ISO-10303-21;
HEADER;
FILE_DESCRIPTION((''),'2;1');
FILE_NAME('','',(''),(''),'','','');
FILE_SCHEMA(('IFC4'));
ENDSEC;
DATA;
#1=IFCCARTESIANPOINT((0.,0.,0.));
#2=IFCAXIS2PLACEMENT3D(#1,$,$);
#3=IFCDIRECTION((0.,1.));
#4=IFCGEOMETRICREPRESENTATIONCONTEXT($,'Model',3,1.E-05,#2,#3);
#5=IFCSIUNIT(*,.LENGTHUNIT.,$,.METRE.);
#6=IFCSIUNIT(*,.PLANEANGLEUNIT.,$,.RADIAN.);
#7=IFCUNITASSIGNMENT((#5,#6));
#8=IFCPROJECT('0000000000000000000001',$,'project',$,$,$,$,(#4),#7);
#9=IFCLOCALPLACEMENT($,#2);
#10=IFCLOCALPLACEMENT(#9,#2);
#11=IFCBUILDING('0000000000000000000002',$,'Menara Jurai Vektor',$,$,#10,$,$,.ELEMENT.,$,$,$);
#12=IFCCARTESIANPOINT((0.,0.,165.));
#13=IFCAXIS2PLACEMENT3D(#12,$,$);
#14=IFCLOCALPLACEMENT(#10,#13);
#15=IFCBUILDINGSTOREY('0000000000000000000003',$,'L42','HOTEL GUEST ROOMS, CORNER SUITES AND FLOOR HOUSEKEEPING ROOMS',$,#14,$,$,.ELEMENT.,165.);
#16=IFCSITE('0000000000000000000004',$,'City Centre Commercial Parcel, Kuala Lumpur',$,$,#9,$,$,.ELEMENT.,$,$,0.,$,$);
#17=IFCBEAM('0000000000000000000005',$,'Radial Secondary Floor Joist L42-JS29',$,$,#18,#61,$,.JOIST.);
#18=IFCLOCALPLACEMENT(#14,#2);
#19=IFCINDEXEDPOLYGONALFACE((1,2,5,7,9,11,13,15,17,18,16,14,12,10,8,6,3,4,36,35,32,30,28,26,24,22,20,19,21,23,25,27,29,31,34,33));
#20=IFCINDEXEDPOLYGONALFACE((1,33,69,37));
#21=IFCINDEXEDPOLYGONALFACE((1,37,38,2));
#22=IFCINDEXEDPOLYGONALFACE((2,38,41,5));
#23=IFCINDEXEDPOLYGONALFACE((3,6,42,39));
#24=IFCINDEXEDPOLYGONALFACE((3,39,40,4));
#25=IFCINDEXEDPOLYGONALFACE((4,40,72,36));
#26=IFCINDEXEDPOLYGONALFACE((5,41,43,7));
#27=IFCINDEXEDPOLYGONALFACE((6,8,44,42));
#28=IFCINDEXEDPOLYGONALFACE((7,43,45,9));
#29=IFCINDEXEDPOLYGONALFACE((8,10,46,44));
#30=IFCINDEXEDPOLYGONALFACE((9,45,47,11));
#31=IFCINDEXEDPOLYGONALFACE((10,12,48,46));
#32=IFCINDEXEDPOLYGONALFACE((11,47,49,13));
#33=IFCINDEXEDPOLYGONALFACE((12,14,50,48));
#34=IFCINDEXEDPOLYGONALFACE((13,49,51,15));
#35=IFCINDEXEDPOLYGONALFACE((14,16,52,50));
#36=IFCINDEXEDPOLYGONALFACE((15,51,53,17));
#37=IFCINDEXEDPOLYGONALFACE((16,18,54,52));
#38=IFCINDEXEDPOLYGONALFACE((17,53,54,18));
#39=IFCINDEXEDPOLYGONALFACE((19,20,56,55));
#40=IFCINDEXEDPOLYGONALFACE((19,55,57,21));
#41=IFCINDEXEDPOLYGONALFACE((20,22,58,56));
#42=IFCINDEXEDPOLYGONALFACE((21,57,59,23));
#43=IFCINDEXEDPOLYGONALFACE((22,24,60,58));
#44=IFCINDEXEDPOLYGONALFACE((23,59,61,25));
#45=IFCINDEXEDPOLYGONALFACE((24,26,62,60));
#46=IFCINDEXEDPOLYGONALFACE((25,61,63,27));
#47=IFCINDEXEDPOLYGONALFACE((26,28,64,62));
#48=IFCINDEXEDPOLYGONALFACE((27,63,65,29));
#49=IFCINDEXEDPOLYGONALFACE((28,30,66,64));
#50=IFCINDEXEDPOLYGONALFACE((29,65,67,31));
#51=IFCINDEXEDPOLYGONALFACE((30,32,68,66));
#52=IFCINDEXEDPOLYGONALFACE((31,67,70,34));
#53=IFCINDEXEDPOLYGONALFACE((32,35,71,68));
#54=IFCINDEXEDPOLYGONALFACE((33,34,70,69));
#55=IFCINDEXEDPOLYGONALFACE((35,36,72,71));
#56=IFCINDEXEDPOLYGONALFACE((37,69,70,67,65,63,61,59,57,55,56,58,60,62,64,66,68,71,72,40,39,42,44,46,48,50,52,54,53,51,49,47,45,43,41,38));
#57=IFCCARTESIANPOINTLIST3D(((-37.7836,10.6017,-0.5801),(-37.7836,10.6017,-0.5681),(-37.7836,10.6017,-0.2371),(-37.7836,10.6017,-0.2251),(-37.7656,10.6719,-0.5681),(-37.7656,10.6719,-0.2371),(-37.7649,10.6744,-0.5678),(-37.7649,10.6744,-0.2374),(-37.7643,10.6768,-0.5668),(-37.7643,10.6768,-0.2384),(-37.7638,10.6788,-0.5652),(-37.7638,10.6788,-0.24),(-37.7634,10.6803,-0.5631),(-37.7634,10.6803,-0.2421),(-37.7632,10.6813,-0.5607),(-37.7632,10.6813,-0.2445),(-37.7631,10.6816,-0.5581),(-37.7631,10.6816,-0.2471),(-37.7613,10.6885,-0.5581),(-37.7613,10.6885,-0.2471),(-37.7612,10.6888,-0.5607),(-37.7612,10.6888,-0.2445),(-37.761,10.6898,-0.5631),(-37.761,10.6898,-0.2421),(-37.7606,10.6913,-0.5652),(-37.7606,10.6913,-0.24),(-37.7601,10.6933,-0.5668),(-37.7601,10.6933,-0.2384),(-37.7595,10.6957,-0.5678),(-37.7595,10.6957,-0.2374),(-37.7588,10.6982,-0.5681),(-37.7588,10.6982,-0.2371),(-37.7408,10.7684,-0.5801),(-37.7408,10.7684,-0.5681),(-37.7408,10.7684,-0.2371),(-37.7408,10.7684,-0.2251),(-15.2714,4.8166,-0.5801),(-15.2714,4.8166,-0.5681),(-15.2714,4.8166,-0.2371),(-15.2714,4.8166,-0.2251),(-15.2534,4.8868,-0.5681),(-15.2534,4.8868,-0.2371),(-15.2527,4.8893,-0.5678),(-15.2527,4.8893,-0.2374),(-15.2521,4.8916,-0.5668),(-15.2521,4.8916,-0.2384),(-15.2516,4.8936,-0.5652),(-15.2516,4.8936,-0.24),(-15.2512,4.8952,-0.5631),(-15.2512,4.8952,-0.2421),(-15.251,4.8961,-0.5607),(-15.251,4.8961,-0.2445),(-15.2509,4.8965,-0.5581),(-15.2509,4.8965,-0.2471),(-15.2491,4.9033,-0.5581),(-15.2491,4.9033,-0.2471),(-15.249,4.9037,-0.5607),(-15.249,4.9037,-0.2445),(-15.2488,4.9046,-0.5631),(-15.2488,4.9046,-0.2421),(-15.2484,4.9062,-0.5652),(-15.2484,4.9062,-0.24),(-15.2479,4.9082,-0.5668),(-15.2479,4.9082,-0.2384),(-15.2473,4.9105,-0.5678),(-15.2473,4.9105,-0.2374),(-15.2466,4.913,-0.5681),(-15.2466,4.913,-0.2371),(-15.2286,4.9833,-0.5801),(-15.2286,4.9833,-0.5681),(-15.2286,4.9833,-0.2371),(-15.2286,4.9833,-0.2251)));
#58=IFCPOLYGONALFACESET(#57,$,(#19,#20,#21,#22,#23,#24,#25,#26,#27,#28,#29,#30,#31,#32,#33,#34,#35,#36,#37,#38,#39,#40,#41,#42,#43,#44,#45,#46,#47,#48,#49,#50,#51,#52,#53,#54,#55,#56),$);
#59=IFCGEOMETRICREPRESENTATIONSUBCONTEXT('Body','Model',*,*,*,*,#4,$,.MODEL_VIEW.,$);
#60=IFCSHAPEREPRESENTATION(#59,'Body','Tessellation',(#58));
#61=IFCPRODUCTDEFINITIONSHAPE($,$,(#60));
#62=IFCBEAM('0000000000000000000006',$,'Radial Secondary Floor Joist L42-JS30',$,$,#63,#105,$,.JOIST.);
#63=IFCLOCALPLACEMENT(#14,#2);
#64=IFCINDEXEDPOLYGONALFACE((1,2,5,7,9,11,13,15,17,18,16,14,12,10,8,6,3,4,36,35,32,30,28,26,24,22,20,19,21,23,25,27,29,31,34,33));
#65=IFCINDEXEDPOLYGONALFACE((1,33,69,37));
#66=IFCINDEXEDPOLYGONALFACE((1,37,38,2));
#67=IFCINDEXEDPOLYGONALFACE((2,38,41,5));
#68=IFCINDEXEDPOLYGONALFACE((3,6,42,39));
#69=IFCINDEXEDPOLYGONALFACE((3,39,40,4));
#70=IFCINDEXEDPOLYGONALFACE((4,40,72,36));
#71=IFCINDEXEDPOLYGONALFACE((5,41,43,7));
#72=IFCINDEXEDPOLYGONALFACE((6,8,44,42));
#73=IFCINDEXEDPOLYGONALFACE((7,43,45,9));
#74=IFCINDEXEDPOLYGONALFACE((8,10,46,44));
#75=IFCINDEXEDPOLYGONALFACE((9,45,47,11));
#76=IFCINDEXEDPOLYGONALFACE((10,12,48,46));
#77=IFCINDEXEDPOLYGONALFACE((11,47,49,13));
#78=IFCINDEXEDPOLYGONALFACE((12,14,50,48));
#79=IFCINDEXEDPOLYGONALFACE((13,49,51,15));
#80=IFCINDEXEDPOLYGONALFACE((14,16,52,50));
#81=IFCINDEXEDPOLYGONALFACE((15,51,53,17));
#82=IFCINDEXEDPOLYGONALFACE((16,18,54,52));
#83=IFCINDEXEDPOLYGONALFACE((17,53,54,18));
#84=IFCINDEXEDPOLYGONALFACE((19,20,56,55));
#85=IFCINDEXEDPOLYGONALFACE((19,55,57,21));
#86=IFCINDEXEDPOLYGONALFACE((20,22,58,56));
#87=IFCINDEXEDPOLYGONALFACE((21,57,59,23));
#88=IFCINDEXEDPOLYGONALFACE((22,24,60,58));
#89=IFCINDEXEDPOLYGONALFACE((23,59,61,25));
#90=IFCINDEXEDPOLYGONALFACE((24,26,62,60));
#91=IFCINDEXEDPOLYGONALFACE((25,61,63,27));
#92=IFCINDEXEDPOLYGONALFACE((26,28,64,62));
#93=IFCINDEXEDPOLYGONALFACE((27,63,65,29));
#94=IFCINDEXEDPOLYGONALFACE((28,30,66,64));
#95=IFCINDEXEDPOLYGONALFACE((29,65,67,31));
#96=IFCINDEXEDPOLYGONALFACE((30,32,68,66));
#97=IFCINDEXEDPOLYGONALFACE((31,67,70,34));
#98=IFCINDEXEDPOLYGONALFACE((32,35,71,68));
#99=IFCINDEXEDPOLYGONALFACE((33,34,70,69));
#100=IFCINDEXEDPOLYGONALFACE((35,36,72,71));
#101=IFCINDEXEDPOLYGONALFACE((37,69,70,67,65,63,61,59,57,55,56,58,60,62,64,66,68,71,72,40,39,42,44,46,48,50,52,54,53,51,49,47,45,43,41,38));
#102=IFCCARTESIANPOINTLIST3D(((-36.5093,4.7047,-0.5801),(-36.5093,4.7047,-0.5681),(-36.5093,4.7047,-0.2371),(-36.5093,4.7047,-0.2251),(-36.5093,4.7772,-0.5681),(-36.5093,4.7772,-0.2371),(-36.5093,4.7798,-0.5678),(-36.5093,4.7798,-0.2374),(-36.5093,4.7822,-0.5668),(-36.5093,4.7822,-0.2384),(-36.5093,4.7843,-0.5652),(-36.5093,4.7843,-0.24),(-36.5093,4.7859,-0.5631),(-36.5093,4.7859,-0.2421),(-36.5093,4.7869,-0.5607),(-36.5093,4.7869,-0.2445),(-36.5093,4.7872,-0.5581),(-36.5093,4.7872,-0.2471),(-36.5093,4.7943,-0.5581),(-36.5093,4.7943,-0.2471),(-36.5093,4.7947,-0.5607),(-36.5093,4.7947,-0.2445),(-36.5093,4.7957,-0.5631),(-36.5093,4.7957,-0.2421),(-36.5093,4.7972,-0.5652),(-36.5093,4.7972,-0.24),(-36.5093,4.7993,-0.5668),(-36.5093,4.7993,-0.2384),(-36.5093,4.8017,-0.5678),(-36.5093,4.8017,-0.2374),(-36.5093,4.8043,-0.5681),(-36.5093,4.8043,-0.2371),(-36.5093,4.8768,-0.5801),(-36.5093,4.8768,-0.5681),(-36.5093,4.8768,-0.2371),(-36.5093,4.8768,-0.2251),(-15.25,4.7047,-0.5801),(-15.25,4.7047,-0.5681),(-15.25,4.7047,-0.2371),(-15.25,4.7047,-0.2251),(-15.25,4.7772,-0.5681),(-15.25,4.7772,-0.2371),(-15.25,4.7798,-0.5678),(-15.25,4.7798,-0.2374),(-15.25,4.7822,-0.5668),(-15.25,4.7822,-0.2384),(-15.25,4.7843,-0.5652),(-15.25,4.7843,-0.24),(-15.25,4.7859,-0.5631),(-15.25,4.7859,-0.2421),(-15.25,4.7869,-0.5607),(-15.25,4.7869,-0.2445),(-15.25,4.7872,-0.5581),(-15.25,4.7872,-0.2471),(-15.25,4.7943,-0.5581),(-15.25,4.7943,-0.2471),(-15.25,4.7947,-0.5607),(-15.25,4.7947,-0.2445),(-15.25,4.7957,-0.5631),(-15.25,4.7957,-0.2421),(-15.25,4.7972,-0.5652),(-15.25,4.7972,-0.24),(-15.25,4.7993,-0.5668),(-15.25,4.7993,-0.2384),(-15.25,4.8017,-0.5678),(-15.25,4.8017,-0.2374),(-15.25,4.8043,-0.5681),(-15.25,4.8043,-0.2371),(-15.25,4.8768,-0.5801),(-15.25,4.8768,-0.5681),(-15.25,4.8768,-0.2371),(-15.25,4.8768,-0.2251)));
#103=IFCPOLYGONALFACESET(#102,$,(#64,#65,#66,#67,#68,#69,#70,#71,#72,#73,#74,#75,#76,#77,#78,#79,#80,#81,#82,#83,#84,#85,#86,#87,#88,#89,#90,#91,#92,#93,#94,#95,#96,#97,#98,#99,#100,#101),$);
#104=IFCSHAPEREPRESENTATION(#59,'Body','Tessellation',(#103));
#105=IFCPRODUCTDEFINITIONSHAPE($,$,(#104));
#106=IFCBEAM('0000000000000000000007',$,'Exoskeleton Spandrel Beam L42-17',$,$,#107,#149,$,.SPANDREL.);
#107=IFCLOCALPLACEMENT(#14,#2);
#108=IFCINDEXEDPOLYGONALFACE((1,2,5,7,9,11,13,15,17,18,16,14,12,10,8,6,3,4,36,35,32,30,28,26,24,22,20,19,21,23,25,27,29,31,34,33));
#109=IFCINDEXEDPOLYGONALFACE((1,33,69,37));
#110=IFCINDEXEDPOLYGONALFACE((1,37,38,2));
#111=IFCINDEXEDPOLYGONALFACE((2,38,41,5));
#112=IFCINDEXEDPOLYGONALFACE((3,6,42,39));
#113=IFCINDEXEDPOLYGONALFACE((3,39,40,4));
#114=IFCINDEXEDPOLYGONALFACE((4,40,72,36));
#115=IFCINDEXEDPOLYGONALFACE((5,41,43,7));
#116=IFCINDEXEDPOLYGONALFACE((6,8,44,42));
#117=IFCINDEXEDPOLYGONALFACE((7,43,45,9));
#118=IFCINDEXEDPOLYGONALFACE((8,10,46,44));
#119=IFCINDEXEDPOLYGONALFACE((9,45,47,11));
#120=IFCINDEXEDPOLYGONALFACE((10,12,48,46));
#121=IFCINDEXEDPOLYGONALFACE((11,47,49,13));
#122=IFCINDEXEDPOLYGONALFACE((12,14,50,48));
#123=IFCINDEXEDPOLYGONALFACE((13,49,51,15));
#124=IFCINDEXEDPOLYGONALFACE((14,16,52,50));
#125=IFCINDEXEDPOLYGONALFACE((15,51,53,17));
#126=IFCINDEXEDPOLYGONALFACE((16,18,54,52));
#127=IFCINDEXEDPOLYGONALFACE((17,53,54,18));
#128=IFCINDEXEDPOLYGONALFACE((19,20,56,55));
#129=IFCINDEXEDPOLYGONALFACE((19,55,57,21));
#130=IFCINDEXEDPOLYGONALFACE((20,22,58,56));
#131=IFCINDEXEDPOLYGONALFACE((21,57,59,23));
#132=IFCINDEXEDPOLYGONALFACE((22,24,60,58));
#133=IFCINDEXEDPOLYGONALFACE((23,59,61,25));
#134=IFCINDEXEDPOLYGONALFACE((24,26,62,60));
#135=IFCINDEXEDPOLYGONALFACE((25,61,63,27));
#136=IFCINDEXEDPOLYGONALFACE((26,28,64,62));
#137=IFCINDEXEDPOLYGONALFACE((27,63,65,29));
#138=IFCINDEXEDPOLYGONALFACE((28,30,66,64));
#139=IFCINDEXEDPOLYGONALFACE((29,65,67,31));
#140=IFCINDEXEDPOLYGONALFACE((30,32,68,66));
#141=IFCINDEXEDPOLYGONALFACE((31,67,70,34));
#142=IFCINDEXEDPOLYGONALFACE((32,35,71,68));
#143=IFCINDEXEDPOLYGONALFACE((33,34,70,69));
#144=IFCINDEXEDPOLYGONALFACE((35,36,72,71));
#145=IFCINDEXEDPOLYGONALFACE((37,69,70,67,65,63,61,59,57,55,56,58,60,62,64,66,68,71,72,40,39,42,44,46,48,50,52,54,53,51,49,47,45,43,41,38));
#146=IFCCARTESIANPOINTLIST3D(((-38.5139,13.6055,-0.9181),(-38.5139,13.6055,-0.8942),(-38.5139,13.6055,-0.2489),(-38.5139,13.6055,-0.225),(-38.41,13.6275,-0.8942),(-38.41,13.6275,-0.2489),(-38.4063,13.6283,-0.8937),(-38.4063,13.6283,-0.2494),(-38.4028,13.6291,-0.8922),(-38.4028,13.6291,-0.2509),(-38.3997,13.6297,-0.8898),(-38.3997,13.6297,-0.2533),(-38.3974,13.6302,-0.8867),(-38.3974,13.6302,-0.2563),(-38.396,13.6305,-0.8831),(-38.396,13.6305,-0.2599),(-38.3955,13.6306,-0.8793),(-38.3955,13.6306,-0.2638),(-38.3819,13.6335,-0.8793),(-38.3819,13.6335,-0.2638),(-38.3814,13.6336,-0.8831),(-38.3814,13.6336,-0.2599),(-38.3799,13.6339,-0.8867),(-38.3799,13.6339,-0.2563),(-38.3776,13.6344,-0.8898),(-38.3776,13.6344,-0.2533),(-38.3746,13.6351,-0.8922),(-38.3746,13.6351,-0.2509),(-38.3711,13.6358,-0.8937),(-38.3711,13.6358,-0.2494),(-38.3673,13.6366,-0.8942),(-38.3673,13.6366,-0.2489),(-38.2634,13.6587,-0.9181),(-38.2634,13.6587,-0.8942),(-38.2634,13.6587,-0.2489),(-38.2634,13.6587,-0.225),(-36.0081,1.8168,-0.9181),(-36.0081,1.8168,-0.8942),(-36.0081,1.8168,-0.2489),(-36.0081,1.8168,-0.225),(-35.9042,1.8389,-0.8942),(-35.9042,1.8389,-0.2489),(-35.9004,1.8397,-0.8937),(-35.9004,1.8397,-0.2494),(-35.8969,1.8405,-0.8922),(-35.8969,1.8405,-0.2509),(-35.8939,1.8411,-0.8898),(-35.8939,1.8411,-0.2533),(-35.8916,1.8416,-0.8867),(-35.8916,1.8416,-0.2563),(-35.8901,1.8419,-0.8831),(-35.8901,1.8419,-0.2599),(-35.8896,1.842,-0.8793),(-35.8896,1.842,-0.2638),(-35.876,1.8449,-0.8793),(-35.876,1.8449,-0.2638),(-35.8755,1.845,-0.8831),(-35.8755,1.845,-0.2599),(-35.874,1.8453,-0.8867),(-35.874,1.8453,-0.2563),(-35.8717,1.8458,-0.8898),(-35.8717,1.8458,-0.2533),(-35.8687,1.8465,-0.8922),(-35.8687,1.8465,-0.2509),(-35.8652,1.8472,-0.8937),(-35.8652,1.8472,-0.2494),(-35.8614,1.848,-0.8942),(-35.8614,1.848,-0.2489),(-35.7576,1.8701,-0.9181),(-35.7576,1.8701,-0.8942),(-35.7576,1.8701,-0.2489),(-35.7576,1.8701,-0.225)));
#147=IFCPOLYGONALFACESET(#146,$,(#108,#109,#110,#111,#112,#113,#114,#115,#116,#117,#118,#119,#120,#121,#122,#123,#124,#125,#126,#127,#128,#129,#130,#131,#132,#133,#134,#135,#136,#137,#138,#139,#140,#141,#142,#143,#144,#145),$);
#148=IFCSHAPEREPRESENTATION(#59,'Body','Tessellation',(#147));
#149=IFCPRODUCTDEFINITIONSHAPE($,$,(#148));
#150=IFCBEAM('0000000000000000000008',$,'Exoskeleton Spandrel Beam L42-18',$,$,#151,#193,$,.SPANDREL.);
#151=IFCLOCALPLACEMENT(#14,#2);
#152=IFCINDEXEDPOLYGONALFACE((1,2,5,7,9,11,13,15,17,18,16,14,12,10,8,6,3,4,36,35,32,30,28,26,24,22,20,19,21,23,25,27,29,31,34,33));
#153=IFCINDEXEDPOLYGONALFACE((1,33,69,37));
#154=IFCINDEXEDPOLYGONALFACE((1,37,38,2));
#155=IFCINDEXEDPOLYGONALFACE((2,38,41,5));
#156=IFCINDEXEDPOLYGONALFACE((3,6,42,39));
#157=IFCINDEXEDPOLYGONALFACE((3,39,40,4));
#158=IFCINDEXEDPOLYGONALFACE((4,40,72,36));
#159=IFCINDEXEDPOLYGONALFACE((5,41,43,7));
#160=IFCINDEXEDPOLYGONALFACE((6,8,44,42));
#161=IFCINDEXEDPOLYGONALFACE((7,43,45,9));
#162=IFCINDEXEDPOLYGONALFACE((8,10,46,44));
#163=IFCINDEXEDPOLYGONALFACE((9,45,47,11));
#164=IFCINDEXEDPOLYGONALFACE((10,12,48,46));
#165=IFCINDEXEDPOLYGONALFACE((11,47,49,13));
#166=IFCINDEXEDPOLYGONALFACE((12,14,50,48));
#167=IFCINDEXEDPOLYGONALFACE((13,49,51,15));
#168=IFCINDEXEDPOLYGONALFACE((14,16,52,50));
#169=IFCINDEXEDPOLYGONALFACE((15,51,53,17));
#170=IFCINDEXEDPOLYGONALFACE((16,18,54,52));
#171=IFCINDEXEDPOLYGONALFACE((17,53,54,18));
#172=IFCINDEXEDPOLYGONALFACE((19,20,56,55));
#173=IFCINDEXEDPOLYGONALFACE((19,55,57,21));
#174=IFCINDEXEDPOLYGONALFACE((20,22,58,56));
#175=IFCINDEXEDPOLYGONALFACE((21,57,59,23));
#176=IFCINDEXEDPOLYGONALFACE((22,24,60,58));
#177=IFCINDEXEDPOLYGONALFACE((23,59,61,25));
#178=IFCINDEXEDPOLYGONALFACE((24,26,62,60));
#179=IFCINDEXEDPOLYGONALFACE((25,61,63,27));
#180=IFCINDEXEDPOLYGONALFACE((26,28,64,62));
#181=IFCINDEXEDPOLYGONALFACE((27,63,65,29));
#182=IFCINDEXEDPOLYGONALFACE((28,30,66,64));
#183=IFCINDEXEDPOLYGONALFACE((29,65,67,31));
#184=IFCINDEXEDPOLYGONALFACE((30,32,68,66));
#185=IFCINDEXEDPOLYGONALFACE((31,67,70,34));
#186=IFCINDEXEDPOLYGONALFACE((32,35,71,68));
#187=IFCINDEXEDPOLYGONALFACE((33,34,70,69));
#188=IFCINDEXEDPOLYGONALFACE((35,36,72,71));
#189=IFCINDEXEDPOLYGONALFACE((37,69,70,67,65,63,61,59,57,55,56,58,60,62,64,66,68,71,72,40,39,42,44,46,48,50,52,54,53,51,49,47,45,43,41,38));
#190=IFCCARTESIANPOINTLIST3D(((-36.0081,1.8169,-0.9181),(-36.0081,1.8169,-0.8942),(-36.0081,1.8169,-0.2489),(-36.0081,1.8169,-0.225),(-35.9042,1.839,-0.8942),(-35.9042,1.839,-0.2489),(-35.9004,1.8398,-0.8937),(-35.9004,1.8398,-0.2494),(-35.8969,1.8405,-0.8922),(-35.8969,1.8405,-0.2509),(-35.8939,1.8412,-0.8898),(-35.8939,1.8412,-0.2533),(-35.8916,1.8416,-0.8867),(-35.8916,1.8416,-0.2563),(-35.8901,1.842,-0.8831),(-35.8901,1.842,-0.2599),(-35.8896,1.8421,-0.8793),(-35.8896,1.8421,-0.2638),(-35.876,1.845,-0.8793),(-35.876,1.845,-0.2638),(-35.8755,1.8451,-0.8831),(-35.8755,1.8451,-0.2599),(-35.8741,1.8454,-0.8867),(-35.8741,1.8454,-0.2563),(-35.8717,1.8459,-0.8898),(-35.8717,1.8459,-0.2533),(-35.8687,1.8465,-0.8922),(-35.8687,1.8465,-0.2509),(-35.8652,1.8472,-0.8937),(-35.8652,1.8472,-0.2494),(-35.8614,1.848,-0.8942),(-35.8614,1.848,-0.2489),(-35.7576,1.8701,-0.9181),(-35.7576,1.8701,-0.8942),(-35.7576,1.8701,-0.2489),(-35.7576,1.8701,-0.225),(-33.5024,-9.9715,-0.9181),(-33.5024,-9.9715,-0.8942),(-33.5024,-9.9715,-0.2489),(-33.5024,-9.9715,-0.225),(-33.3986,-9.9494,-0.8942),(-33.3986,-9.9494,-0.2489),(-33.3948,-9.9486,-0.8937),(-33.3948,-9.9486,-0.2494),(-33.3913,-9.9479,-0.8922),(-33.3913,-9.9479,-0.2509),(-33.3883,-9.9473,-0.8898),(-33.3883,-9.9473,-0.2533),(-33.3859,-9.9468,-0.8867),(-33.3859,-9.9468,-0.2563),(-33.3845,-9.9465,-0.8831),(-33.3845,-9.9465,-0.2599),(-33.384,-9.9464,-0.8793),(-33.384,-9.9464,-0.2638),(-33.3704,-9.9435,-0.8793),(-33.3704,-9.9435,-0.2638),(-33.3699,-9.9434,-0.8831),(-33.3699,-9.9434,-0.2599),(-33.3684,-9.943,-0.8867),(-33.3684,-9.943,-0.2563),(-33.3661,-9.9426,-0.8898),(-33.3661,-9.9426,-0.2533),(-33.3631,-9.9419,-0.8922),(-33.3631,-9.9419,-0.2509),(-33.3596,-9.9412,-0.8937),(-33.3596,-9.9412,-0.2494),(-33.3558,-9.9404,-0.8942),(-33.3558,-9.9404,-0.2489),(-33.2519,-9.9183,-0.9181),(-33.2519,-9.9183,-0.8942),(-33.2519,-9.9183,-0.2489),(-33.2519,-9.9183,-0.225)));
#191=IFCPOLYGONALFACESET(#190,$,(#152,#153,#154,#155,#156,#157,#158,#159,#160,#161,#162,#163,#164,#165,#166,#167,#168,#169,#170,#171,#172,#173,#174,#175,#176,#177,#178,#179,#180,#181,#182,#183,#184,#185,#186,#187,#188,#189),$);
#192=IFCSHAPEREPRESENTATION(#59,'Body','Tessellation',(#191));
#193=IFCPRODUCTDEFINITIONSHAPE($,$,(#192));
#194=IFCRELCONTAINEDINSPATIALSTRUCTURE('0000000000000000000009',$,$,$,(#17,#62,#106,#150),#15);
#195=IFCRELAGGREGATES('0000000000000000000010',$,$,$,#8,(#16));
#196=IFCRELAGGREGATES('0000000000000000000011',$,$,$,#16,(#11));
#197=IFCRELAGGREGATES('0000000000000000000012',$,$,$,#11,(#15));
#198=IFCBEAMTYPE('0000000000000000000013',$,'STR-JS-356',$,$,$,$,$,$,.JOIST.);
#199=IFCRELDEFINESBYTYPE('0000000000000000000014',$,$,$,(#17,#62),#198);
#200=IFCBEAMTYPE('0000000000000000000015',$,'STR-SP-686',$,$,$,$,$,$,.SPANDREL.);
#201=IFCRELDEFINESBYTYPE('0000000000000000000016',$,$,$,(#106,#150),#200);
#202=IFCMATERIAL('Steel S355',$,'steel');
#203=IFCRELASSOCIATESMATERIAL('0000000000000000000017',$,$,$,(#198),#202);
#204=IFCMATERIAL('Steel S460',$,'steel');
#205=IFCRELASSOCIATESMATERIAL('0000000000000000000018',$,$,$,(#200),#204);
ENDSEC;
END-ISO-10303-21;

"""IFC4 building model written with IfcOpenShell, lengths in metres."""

from ifc_helpers import new_model, si_unit, direction, frame, origin, origin_2d, place, context, subcontext, project, spatial, i_section, extrude, material, material_profile, profile_set, type_object, element, save


model = new_model("IFC4")

# Units and contexts
model_context = context("Model", 3, precision=1e-05, world=origin(), true_north=direction((0.0, 1.0)))
body_context = subcontext(model_context, "Body", "Model", "MODEL_VIEW")
ifc_project = project(units=[si_unit("LENGTHUNIT", "METRE"), si_unit("PLANEANGLEUNIT", "RADIAN")], contexts=[model_context])

# Site, building, storey
site_placement = place(None, origin())
site = spatial("IfcSite", under=ifc_project, at=site_placement, Name="City Centre Commercial Parcel, Kuala Lumpur", CompositionType="ELEMENT", RefElevation=0.0)
building_placement = place(site_placement, origin())
building = spatial("IfcBuilding", under=site, at=building_placement, Name="Menara Jurai Vektor", CompositionType="ELEMENT")
storey_placement = place(building_placement, frame((0.0, 0.0, 165.0)))
storey = spatial("IfcBuildingStorey", under=building, at=storey_placement, Name="L42", Description="HOTEL GUEST ROOMS, CORNER SUITES AND FLOOR HOUSEKEEPING ROOMS", CompositionType="ELEMENT", Elevation=165.0)

# Shared definitions
ifc_material_1 = material(Name="Steel S460", Category="steel")

# Shared definitions
ifc_material_2 = material(Name="Steel S355", Category="steel")

# Beams
ifc_material_profile_1 = material_profile(ifc_material_2, i_section(OverallWidth=0.1721, OverallDepth=0.355, WebThickness=0.0071, FlangeThickness=0.012, FilletRadius=0.01, at=origin_2d()), Name="UKB 356x171x51")
ifc_profile_set_1 = profile_set([ifc_material_profile_1], Name="Steel S355")
beam_type_1 = type_object("IfcBeamType", Name="STR-JS-356", PredefinedType="JOIST", material=ifc_profile_set_1)
beam_1_placement = place(storey_placement, frame((-37.7622, 10.6851, -0.4026), z_axis=(0.968531, -0.248892, 0.0), x_axis=(0.248892, 0.968531, 0.0)))
element("IfcBeam", 1, at=beam_1_placement, inside=storey, type_object=beam_type_1, Name="Radial Secondary Floor Joist L42-JS29", PredefinedType="JOIST", context=body_context, shape_type="SweptSolid", body=[
    extrude(i_section(OverallWidth=0.1721, OverallDepth=0.355, WebThickness=0.0071, FlangeThickness=0.012, FilletRadius=0.01, at=origin_2d()), origin(), (0.0, 0.0, 1.0), 23.2437),
])
beam_2_placement = place(storey_placement, frame((-36.5093, 4.7908, -0.4026), z_axis=(1.0, 0.0, 0.0), x_axis=(0.0, 1.0, 0.0)))
element("IfcBeam", 2, at=beam_2_placement, inside=storey, type_object=beam_type_1, Name="Radial Secondary Floor Joist L42-JS30", PredefinedType="JOIST", context=body_context, shape_type="SweptSolid", body=[
    extrude(i_section(OverallWidth=0.1721, OverallDepth=0.355, WebThickness=0.0071, FlangeThickness=0.012, FilletRadius=0.01, at=origin_2d()), origin(), (0.0, 0.0, 1.0), 21.2593),
])
ifc_material_profile_2 = material_profile(ifc_material_1, i_section(OverallWidth=0.2561, OverallDepth=0.6931, WebThickness=0.0139, FlangeThickness=0.0239, FilletRadius=0.0149, at=origin_2d()), Name="UKB 686x254x170")
ifc_profile_set_2 = profile_set([ifc_material_profile_2], Name="Steel S460")
beam_type_2 = type_object("IfcBeamType", Name="STR-SP-686", PredefinedType="SPANDREL", material=ifc_profile_set_2)
beam_3_placement = place(storey_placement, frame((-38.3887, 13.6321, -0.5715), z_axis=(0.207921, -0.978146, 0.0), x_axis=(0.978146, 0.207921, 0.0)))
element("IfcBeam", 3, at=beam_3_placement, inside=storey, type_object=beam_type_2, Name="Exoskeleton Spandrel Beam L42-17", PredefinedType="SPANDREL", context=body_context, shape_type="SweptSolid", body=[
    extrude(i_section(OverallWidth=0.2561, OverallDepth=0.6931, WebThickness=0.0139, FlangeThickness=0.0239, FilletRadius=0.0149, at=origin_2d()), origin(), (0.0, 0.0, 1.0), 12.052),
])
beam_4_placement = place(storey_placement, frame((-35.8828, 1.8435, -0.5715), z_axis=(0.207906, -0.978149, 0.0), x_axis=(0.978149, 0.207906, 0.0)))
element("IfcBeam", 4, at=beam_4_placement, inside=storey, type_object=beam_type_2, Name="Exoskeleton Spandrel Beam L42-18", PredefinedType="SPANDREL", context=body_context, shape_type="SweptSolid", body=[
    extrude(i_section(OverallWidth=0.2561, OverallDepth=0.6931, WebThickness=0.0139, FlangeThickness=0.0239, FilletRadius=0.0149, at=origin_2d()), origin(), (0.0, 0.0, 1.0), 12.0518),
])

save(model, "model.ifc")
